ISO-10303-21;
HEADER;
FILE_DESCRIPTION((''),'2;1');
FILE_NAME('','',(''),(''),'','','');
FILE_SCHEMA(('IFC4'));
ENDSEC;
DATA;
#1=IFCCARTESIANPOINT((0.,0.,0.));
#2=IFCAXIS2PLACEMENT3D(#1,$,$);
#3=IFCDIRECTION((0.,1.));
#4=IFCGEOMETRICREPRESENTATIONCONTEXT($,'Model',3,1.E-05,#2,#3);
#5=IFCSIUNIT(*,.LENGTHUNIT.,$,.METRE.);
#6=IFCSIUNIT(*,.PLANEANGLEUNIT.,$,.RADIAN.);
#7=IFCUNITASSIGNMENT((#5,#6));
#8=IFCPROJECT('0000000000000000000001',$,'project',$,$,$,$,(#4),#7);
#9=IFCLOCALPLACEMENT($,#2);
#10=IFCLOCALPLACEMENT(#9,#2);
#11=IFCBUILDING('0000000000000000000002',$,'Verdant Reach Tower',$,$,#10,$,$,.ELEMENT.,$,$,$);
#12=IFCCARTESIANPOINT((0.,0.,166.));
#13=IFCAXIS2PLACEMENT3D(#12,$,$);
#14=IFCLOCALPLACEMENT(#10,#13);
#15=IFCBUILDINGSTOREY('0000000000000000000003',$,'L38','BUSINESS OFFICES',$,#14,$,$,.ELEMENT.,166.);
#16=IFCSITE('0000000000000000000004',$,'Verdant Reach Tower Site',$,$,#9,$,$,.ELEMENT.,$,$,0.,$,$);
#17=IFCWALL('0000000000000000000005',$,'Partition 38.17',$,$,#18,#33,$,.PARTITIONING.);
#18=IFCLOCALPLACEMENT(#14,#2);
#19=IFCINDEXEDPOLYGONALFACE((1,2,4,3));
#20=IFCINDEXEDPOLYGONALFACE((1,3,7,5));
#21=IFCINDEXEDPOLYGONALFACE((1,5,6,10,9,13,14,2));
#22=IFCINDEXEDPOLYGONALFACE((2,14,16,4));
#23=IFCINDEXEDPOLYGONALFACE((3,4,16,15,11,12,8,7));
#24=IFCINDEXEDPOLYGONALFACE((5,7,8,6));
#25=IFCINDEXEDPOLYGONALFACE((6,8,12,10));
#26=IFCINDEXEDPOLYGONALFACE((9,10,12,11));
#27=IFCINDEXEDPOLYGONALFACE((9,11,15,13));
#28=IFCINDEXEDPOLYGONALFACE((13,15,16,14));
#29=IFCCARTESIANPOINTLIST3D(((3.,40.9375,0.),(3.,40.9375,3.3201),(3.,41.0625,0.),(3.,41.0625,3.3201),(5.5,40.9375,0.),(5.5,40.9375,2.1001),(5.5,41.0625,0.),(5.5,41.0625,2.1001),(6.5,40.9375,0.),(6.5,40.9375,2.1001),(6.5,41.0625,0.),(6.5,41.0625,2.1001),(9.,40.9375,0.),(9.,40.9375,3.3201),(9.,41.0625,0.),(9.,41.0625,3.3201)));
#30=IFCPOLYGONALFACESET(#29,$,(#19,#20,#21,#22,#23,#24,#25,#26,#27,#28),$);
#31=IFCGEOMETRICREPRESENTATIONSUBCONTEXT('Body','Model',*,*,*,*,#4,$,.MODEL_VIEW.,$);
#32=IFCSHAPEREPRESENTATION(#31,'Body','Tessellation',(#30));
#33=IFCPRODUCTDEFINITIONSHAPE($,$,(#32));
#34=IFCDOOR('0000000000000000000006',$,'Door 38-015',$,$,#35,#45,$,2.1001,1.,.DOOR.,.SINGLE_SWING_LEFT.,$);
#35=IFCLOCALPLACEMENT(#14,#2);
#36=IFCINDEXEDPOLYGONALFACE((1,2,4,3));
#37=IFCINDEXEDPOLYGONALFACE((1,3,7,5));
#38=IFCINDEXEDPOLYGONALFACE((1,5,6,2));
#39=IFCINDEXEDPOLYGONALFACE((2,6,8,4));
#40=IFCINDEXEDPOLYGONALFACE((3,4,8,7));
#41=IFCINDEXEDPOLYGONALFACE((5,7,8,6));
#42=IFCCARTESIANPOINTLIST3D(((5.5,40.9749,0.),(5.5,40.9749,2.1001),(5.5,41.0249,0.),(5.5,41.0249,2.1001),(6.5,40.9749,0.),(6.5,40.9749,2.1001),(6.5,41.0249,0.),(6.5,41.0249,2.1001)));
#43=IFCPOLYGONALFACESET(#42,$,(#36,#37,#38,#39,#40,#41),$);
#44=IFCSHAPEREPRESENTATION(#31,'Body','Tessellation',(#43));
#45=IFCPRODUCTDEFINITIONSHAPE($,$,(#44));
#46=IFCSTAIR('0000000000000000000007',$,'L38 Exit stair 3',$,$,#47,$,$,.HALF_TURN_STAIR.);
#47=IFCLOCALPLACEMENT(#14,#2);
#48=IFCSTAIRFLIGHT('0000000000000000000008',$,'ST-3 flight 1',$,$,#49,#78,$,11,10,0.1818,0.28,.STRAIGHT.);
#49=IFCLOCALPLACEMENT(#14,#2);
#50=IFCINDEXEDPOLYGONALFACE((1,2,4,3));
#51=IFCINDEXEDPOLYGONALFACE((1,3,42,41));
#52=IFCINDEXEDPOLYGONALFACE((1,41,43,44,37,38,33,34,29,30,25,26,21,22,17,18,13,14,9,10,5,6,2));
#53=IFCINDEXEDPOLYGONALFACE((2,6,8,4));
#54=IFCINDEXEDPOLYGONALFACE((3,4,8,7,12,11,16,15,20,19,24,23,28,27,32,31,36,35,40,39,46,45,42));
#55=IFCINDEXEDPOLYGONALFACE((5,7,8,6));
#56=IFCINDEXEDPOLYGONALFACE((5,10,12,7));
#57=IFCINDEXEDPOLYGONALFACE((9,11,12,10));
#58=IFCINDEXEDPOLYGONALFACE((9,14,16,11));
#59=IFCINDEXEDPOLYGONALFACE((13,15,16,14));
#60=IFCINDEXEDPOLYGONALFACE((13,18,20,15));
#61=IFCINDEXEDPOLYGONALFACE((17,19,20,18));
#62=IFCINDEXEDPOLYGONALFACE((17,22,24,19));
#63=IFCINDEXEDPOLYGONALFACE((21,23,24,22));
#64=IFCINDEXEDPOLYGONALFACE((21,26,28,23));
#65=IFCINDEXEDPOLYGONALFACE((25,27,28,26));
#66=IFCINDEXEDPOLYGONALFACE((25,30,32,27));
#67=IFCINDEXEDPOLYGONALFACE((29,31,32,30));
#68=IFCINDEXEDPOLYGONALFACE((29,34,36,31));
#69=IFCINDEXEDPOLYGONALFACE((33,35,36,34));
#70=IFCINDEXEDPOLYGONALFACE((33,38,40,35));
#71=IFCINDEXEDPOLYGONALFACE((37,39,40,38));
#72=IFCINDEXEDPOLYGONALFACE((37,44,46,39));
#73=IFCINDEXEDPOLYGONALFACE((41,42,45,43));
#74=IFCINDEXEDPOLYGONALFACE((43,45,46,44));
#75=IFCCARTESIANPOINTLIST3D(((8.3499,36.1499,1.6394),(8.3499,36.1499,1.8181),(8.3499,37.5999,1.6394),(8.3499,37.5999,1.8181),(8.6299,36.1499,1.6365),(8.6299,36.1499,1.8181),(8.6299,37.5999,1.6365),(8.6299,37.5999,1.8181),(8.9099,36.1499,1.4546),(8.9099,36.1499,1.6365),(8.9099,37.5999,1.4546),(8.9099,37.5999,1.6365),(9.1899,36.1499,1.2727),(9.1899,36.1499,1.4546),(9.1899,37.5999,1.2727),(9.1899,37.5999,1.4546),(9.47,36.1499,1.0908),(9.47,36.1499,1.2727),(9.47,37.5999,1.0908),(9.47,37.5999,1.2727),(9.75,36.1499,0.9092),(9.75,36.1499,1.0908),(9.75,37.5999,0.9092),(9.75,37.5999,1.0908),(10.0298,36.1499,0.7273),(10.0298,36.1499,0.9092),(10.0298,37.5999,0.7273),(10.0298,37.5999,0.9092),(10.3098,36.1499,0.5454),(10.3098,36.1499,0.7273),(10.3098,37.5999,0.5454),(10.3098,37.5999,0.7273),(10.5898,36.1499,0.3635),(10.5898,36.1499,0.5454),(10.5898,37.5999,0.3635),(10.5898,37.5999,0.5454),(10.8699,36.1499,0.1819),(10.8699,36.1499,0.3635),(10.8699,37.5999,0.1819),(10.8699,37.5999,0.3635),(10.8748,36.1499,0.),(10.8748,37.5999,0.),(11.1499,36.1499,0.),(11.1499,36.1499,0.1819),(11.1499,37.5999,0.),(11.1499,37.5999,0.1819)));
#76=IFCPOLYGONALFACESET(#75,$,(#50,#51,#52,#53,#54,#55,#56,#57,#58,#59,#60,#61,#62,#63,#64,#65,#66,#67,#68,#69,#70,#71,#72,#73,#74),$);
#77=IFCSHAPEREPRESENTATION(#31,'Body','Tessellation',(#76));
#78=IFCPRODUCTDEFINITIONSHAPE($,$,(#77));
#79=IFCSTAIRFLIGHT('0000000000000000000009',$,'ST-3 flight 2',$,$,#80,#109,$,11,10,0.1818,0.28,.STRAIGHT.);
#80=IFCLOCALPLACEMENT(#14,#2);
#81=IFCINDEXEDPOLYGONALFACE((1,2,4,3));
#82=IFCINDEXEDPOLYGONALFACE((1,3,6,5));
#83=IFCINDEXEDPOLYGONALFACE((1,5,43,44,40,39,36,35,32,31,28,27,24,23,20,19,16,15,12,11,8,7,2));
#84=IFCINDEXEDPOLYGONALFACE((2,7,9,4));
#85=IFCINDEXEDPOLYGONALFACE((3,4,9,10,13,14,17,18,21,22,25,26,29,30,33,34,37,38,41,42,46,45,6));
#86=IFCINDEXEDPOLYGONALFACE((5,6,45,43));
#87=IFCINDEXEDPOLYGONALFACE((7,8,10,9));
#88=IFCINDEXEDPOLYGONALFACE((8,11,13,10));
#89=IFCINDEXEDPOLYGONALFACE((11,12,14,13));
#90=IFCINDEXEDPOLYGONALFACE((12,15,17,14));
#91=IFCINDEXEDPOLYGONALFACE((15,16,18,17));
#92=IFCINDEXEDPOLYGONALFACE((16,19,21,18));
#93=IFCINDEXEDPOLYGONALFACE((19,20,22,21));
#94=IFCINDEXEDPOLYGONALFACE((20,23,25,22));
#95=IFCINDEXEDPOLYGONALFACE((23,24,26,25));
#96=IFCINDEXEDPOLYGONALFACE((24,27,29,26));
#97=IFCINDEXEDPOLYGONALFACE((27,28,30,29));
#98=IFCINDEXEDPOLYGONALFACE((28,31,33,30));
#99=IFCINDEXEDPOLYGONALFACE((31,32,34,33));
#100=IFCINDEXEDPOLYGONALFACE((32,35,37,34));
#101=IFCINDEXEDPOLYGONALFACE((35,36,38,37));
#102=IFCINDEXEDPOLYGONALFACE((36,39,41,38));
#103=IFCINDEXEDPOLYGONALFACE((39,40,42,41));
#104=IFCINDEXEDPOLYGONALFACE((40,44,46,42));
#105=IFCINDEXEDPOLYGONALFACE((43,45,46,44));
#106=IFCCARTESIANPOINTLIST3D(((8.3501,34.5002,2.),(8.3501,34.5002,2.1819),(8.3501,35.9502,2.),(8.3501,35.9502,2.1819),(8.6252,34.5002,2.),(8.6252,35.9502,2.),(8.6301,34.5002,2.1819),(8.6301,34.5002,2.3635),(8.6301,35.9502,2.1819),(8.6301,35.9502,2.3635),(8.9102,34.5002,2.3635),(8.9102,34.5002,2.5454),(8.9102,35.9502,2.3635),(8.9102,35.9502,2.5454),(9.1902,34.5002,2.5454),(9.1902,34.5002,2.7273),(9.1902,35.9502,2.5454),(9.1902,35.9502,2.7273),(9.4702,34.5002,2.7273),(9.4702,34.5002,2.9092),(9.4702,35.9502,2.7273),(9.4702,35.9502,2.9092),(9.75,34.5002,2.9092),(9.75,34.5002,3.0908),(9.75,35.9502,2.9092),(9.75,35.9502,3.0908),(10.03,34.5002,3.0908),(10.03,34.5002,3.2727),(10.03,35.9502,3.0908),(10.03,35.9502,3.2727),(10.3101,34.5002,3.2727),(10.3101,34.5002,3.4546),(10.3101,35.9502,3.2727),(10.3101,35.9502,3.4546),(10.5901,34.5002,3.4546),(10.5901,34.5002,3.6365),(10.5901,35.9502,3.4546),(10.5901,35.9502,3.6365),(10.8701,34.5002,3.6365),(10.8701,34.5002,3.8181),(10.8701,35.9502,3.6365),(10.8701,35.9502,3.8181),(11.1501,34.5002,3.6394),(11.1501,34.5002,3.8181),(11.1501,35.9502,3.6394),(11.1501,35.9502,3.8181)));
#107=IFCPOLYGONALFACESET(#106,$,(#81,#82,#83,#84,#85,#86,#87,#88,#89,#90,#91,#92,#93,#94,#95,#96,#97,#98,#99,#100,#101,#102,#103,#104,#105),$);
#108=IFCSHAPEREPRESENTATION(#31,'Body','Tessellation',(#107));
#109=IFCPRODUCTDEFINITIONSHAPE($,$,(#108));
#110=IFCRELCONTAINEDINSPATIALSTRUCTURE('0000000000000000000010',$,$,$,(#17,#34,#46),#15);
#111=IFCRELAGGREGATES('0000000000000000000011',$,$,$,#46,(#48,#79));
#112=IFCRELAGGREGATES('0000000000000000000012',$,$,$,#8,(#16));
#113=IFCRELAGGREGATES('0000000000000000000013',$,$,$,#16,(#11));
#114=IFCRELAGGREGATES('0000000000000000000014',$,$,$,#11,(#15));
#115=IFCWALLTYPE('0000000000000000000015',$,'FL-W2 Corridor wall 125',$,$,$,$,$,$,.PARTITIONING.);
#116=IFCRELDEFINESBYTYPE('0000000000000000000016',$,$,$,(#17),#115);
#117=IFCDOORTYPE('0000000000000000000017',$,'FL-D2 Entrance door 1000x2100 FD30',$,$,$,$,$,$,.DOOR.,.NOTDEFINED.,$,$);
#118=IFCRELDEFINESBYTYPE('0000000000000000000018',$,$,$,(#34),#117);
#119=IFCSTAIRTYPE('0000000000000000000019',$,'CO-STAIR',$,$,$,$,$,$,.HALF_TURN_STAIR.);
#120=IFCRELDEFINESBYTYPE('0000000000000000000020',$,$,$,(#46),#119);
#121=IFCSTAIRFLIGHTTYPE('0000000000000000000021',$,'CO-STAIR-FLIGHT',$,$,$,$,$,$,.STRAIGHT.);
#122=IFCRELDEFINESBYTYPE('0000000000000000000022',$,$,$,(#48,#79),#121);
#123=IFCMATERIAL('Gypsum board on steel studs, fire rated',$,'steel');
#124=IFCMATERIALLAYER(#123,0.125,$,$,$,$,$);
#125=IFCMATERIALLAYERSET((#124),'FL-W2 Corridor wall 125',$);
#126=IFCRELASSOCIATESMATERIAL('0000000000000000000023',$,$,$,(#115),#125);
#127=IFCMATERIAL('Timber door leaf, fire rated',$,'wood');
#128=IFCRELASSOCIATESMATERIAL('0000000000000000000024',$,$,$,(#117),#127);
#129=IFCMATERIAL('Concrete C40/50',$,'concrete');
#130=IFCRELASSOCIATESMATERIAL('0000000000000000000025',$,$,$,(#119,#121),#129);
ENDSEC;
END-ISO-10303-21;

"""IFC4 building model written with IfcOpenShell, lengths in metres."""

from ifc_helpers import new_model, si_unit, direction, frame, frame_2d, origin, place, context, subcontext, project, spatial, polyline, rectangle, outline, extrude, material, layer, layer_set, type_object, element, fill, aggregate, save


model = new_model("IFC4")

# Units and contexts
model_context = context("Model", 3, precision=1e-05, world=origin(), true_north=direction((0.0, 1.0)))
body_context = subcontext(model_context, "Body", "Model", "MODEL_VIEW")
ifc_project = project(units=[si_unit("LENGTHUNIT", "METRE"), si_unit("PLANEANGLEUNIT", "RADIAN")], contexts=[model_context])

# Site, building, storey
site_placement = place(None, origin())
site = spatial("IfcSite", under=ifc_project, at=site_placement, Name="Verdant Reach Tower Site", CompositionType="ELEMENT", RefElevation=0.0)
building_placement = place(site_placement, origin())
building = spatial("IfcBuilding", under=site, at=building_placement, Name="Verdant Reach Tower", CompositionType="ELEMENT")
storey_placement = place(building_placement, frame((0.0, 0.0, 166.0)))
storey = spatial("IfcBuildingStorey", under=building, at=storey_placement, Name="L38", Description="BUSINESS OFFICES", CompositionType="ELEMENT", Elevation=166.0)

# Shared definitions
ifc_material_1 = material(Name="Concrete C40/50", Category="concrete")

# Wall, opening, door
ifc_material_2 = material(Name="Gypsum board on steel studs, fire rated", Category="steel")
ifc_layer_1 = layer(ifc_material_2, 0.125)
ifc_layer_set_1 = layer_set([ifc_layer_1], Name="FL-W2 Corridor wall 125")
wall_type_1 = type_object("IfcWallType", Name="FL-W2 Corridor wall 125", PredefinedType="PARTITIONING", material=ifc_layer_set_1)
wall_1_placement = place(storey_placement, frame((3.0, 41.0, 0.0), z_axis=(0.0, 0.0, 1.0), x_axis=(1.0, 0.0, 0.0)))
wall_1 = element("IfcWall", 1, at=wall_1_placement, inside=storey, type_object=wall_type_1, Name="Partition 38.17", PredefinedType="PARTITIONING", context=body_context, shape_type="SweptSolid", body=[
    extrude(rectangle(XDim=6.0, YDim=0.125, at=frame_2d((3.0, 0.0))), origin(), (0.0, 0.0, 1.0), 3.3201),
])
opening_1_placement = place(wall_1_placement, frame((2.5, 0.0, 0.0)))
opening_1 = element("IfcOpeningElement", 2, at=opening_1_placement, cuts=wall_1, PredefinedType="OPENING", context=body_context, shape_type="SweptSolid", body=[
    extrude(rectangle(XDim=1.0, YDim=2.1001, at=frame_2d((0.5, 1.05))), frame((0.0, 0.0725, 0.0), z_axis=(0.0, -1.0, 0.0), x_axis=(1.0, 0.0, 0.0)), (0.0, 0.0, 1.0), 0.145),
])
ifc_material_3 = material(Name="Timber door leaf, fire rated", Category="wood")
door_type_1 = type_object("IfcDoorType", Name="FL-D2 Entrance door 1000x2100 FD30", OperationType="NOTDEFINED", PredefinedType="DOOR", material=ifc_material_3)
door_1_placement = place(opening_1_placement, origin())
door_1 = element("IfcDoor", 3, at=door_1_placement, inside=storey, type_object=door_type_1, Name="Door 38-015", OperationType="SINGLE_SWING_LEFT", OverallHeight=2.1001, OverallWidth=1.0, PredefinedType="DOOR", context=body_context, shape_type="SweptSolid", body=[
    extrude(rectangle(XDim=1.0, YDim=2.1001, at=frame_2d((0.5, 1.05))), frame((0.0, 0.0249, 0.0), z_axis=(0.0, -1.0, 0.0), x_axis=(1.0, 0.0, 0.0)), (0.0, 0.0, 1.0), 0.05),
])
fill(opening_1, door_1)

# Stair, stair flights
stair_type = type_object("IfcStairType", Name="CO-STAIR", PredefinedType="HALF_TURN_STAIR", material=ifc_material_1)
stair_placement = place(storey_placement, origin())
stair = element("IfcStair", 4, at=stair_placement, inside=storey, type_object=stair_type, Name="L38 Exit stair 3", PredefinedType="HALF_TURN_STAIR")
stair_flight_type = type_object("IfcStairFlightType", Name="CO-STAIR-FLIGHT", PredefinedType="STRAIGHT", material=ifc_material_1)
stair_flight_1_placement = place(storey_placement, frame((11.1499, 36.875, 0.0), z_axis=(0.0, 0.0, 1.0), x_axis=(-1.0, 0.0, 0.0)))
stair_flight_1 = element("IfcStairFlight", 5, at=stair_flight_1_placement, type_object=stair_flight_type, Name="ST-3 flight 1", NumberOfRisers=11, NumberOfTreads=10, PredefinedType="STRAIGHT", RiserHeight=0.1818, TreadLength=0.28, context=body_context, shape_type="SweptSolid", body=[
    extrude(outline(polyline([(0.0, 0.0), (0.0, 0.1819), (0.28, 0.1819), (0.28, 0.3635), (0.5601, 0.3635), (0.5601, 0.5454), (0.8401, 0.5454), (0.8401, 0.7273), (1.1201, 0.7273), (1.1201, 0.9092), (1.3999, 0.9092), (1.3999, 1.0908), (1.6799, 1.0908), (1.6799, 1.2727), (1.96, 1.2727), (1.96, 1.4546), (2.24, 1.4546), (2.24, 1.6365), (2.52, 1.6365), (2.52, 1.8181), (2.8, 1.8181), (2.8, 2.0), (2.8, 1.6394), (0.2751, 0.0), (0.0, 0.0)])), frame((0.0, 0.7251, 0.0), z_axis=(0.0, -1.0, 0.0), x_axis=(1.0, 0.0, 0.0)), (0.0, 0.0, 1.0), 1.45),
])
stair_flight_2_placement = place(storey_placement, frame((8.3501, 35.2251, 2.0), z_axis=(0.0, 0.0, 1.0), x_axis=(1.0, 0.0, 0.0)))
stair_flight_2 = element("IfcStairFlight", 6, at=stair_flight_2_placement, type_object=stair_flight_type, Name="ST-3 flight 2", NumberOfRisers=11, NumberOfTreads=10, PredefinedType="STRAIGHT", RiserHeight=0.1818, TreadLength=0.28, context=body_context, shape_type="SweptSolid", body=[
    extrude(outline(polyline([(0.0, 0.0), (0.0, 0.1819), (0.28, 0.1819), (0.28, 0.3635), (0.5601, 0.3635), (0.5601, 0.5454), (0.8401, 0.5454), (0.8401, 0.7273), (1.1201, 0.7273), (1.1201, 0.9092), (1.3999, 0.9092), (1.3999, 1.0908), (1.6799, 1.0908), (1.6799, 1.2727), (1.96, 1.2727), (1.96, 1.4546), (2.24, 1.4546), (2.24, 1.6365), (2.52, 1.6365), (2.52, 1.8181), (2.8, 1.8181), (2.8, 2.0), (2.8, 1.6394), (0.2751, 0.0), (0.0, 0.0)])), frame((0.0, 0.7251, 0.0), z_axis=(0.0, -1.0, 0.0), x_axis=(1.0, 0.0, 0.0)), (0.0, 0.0, 1.0), 1.45),
])
aggregate(stair, [stair_flight_1, stair_flight_2])

save(model, "model.ifc")
